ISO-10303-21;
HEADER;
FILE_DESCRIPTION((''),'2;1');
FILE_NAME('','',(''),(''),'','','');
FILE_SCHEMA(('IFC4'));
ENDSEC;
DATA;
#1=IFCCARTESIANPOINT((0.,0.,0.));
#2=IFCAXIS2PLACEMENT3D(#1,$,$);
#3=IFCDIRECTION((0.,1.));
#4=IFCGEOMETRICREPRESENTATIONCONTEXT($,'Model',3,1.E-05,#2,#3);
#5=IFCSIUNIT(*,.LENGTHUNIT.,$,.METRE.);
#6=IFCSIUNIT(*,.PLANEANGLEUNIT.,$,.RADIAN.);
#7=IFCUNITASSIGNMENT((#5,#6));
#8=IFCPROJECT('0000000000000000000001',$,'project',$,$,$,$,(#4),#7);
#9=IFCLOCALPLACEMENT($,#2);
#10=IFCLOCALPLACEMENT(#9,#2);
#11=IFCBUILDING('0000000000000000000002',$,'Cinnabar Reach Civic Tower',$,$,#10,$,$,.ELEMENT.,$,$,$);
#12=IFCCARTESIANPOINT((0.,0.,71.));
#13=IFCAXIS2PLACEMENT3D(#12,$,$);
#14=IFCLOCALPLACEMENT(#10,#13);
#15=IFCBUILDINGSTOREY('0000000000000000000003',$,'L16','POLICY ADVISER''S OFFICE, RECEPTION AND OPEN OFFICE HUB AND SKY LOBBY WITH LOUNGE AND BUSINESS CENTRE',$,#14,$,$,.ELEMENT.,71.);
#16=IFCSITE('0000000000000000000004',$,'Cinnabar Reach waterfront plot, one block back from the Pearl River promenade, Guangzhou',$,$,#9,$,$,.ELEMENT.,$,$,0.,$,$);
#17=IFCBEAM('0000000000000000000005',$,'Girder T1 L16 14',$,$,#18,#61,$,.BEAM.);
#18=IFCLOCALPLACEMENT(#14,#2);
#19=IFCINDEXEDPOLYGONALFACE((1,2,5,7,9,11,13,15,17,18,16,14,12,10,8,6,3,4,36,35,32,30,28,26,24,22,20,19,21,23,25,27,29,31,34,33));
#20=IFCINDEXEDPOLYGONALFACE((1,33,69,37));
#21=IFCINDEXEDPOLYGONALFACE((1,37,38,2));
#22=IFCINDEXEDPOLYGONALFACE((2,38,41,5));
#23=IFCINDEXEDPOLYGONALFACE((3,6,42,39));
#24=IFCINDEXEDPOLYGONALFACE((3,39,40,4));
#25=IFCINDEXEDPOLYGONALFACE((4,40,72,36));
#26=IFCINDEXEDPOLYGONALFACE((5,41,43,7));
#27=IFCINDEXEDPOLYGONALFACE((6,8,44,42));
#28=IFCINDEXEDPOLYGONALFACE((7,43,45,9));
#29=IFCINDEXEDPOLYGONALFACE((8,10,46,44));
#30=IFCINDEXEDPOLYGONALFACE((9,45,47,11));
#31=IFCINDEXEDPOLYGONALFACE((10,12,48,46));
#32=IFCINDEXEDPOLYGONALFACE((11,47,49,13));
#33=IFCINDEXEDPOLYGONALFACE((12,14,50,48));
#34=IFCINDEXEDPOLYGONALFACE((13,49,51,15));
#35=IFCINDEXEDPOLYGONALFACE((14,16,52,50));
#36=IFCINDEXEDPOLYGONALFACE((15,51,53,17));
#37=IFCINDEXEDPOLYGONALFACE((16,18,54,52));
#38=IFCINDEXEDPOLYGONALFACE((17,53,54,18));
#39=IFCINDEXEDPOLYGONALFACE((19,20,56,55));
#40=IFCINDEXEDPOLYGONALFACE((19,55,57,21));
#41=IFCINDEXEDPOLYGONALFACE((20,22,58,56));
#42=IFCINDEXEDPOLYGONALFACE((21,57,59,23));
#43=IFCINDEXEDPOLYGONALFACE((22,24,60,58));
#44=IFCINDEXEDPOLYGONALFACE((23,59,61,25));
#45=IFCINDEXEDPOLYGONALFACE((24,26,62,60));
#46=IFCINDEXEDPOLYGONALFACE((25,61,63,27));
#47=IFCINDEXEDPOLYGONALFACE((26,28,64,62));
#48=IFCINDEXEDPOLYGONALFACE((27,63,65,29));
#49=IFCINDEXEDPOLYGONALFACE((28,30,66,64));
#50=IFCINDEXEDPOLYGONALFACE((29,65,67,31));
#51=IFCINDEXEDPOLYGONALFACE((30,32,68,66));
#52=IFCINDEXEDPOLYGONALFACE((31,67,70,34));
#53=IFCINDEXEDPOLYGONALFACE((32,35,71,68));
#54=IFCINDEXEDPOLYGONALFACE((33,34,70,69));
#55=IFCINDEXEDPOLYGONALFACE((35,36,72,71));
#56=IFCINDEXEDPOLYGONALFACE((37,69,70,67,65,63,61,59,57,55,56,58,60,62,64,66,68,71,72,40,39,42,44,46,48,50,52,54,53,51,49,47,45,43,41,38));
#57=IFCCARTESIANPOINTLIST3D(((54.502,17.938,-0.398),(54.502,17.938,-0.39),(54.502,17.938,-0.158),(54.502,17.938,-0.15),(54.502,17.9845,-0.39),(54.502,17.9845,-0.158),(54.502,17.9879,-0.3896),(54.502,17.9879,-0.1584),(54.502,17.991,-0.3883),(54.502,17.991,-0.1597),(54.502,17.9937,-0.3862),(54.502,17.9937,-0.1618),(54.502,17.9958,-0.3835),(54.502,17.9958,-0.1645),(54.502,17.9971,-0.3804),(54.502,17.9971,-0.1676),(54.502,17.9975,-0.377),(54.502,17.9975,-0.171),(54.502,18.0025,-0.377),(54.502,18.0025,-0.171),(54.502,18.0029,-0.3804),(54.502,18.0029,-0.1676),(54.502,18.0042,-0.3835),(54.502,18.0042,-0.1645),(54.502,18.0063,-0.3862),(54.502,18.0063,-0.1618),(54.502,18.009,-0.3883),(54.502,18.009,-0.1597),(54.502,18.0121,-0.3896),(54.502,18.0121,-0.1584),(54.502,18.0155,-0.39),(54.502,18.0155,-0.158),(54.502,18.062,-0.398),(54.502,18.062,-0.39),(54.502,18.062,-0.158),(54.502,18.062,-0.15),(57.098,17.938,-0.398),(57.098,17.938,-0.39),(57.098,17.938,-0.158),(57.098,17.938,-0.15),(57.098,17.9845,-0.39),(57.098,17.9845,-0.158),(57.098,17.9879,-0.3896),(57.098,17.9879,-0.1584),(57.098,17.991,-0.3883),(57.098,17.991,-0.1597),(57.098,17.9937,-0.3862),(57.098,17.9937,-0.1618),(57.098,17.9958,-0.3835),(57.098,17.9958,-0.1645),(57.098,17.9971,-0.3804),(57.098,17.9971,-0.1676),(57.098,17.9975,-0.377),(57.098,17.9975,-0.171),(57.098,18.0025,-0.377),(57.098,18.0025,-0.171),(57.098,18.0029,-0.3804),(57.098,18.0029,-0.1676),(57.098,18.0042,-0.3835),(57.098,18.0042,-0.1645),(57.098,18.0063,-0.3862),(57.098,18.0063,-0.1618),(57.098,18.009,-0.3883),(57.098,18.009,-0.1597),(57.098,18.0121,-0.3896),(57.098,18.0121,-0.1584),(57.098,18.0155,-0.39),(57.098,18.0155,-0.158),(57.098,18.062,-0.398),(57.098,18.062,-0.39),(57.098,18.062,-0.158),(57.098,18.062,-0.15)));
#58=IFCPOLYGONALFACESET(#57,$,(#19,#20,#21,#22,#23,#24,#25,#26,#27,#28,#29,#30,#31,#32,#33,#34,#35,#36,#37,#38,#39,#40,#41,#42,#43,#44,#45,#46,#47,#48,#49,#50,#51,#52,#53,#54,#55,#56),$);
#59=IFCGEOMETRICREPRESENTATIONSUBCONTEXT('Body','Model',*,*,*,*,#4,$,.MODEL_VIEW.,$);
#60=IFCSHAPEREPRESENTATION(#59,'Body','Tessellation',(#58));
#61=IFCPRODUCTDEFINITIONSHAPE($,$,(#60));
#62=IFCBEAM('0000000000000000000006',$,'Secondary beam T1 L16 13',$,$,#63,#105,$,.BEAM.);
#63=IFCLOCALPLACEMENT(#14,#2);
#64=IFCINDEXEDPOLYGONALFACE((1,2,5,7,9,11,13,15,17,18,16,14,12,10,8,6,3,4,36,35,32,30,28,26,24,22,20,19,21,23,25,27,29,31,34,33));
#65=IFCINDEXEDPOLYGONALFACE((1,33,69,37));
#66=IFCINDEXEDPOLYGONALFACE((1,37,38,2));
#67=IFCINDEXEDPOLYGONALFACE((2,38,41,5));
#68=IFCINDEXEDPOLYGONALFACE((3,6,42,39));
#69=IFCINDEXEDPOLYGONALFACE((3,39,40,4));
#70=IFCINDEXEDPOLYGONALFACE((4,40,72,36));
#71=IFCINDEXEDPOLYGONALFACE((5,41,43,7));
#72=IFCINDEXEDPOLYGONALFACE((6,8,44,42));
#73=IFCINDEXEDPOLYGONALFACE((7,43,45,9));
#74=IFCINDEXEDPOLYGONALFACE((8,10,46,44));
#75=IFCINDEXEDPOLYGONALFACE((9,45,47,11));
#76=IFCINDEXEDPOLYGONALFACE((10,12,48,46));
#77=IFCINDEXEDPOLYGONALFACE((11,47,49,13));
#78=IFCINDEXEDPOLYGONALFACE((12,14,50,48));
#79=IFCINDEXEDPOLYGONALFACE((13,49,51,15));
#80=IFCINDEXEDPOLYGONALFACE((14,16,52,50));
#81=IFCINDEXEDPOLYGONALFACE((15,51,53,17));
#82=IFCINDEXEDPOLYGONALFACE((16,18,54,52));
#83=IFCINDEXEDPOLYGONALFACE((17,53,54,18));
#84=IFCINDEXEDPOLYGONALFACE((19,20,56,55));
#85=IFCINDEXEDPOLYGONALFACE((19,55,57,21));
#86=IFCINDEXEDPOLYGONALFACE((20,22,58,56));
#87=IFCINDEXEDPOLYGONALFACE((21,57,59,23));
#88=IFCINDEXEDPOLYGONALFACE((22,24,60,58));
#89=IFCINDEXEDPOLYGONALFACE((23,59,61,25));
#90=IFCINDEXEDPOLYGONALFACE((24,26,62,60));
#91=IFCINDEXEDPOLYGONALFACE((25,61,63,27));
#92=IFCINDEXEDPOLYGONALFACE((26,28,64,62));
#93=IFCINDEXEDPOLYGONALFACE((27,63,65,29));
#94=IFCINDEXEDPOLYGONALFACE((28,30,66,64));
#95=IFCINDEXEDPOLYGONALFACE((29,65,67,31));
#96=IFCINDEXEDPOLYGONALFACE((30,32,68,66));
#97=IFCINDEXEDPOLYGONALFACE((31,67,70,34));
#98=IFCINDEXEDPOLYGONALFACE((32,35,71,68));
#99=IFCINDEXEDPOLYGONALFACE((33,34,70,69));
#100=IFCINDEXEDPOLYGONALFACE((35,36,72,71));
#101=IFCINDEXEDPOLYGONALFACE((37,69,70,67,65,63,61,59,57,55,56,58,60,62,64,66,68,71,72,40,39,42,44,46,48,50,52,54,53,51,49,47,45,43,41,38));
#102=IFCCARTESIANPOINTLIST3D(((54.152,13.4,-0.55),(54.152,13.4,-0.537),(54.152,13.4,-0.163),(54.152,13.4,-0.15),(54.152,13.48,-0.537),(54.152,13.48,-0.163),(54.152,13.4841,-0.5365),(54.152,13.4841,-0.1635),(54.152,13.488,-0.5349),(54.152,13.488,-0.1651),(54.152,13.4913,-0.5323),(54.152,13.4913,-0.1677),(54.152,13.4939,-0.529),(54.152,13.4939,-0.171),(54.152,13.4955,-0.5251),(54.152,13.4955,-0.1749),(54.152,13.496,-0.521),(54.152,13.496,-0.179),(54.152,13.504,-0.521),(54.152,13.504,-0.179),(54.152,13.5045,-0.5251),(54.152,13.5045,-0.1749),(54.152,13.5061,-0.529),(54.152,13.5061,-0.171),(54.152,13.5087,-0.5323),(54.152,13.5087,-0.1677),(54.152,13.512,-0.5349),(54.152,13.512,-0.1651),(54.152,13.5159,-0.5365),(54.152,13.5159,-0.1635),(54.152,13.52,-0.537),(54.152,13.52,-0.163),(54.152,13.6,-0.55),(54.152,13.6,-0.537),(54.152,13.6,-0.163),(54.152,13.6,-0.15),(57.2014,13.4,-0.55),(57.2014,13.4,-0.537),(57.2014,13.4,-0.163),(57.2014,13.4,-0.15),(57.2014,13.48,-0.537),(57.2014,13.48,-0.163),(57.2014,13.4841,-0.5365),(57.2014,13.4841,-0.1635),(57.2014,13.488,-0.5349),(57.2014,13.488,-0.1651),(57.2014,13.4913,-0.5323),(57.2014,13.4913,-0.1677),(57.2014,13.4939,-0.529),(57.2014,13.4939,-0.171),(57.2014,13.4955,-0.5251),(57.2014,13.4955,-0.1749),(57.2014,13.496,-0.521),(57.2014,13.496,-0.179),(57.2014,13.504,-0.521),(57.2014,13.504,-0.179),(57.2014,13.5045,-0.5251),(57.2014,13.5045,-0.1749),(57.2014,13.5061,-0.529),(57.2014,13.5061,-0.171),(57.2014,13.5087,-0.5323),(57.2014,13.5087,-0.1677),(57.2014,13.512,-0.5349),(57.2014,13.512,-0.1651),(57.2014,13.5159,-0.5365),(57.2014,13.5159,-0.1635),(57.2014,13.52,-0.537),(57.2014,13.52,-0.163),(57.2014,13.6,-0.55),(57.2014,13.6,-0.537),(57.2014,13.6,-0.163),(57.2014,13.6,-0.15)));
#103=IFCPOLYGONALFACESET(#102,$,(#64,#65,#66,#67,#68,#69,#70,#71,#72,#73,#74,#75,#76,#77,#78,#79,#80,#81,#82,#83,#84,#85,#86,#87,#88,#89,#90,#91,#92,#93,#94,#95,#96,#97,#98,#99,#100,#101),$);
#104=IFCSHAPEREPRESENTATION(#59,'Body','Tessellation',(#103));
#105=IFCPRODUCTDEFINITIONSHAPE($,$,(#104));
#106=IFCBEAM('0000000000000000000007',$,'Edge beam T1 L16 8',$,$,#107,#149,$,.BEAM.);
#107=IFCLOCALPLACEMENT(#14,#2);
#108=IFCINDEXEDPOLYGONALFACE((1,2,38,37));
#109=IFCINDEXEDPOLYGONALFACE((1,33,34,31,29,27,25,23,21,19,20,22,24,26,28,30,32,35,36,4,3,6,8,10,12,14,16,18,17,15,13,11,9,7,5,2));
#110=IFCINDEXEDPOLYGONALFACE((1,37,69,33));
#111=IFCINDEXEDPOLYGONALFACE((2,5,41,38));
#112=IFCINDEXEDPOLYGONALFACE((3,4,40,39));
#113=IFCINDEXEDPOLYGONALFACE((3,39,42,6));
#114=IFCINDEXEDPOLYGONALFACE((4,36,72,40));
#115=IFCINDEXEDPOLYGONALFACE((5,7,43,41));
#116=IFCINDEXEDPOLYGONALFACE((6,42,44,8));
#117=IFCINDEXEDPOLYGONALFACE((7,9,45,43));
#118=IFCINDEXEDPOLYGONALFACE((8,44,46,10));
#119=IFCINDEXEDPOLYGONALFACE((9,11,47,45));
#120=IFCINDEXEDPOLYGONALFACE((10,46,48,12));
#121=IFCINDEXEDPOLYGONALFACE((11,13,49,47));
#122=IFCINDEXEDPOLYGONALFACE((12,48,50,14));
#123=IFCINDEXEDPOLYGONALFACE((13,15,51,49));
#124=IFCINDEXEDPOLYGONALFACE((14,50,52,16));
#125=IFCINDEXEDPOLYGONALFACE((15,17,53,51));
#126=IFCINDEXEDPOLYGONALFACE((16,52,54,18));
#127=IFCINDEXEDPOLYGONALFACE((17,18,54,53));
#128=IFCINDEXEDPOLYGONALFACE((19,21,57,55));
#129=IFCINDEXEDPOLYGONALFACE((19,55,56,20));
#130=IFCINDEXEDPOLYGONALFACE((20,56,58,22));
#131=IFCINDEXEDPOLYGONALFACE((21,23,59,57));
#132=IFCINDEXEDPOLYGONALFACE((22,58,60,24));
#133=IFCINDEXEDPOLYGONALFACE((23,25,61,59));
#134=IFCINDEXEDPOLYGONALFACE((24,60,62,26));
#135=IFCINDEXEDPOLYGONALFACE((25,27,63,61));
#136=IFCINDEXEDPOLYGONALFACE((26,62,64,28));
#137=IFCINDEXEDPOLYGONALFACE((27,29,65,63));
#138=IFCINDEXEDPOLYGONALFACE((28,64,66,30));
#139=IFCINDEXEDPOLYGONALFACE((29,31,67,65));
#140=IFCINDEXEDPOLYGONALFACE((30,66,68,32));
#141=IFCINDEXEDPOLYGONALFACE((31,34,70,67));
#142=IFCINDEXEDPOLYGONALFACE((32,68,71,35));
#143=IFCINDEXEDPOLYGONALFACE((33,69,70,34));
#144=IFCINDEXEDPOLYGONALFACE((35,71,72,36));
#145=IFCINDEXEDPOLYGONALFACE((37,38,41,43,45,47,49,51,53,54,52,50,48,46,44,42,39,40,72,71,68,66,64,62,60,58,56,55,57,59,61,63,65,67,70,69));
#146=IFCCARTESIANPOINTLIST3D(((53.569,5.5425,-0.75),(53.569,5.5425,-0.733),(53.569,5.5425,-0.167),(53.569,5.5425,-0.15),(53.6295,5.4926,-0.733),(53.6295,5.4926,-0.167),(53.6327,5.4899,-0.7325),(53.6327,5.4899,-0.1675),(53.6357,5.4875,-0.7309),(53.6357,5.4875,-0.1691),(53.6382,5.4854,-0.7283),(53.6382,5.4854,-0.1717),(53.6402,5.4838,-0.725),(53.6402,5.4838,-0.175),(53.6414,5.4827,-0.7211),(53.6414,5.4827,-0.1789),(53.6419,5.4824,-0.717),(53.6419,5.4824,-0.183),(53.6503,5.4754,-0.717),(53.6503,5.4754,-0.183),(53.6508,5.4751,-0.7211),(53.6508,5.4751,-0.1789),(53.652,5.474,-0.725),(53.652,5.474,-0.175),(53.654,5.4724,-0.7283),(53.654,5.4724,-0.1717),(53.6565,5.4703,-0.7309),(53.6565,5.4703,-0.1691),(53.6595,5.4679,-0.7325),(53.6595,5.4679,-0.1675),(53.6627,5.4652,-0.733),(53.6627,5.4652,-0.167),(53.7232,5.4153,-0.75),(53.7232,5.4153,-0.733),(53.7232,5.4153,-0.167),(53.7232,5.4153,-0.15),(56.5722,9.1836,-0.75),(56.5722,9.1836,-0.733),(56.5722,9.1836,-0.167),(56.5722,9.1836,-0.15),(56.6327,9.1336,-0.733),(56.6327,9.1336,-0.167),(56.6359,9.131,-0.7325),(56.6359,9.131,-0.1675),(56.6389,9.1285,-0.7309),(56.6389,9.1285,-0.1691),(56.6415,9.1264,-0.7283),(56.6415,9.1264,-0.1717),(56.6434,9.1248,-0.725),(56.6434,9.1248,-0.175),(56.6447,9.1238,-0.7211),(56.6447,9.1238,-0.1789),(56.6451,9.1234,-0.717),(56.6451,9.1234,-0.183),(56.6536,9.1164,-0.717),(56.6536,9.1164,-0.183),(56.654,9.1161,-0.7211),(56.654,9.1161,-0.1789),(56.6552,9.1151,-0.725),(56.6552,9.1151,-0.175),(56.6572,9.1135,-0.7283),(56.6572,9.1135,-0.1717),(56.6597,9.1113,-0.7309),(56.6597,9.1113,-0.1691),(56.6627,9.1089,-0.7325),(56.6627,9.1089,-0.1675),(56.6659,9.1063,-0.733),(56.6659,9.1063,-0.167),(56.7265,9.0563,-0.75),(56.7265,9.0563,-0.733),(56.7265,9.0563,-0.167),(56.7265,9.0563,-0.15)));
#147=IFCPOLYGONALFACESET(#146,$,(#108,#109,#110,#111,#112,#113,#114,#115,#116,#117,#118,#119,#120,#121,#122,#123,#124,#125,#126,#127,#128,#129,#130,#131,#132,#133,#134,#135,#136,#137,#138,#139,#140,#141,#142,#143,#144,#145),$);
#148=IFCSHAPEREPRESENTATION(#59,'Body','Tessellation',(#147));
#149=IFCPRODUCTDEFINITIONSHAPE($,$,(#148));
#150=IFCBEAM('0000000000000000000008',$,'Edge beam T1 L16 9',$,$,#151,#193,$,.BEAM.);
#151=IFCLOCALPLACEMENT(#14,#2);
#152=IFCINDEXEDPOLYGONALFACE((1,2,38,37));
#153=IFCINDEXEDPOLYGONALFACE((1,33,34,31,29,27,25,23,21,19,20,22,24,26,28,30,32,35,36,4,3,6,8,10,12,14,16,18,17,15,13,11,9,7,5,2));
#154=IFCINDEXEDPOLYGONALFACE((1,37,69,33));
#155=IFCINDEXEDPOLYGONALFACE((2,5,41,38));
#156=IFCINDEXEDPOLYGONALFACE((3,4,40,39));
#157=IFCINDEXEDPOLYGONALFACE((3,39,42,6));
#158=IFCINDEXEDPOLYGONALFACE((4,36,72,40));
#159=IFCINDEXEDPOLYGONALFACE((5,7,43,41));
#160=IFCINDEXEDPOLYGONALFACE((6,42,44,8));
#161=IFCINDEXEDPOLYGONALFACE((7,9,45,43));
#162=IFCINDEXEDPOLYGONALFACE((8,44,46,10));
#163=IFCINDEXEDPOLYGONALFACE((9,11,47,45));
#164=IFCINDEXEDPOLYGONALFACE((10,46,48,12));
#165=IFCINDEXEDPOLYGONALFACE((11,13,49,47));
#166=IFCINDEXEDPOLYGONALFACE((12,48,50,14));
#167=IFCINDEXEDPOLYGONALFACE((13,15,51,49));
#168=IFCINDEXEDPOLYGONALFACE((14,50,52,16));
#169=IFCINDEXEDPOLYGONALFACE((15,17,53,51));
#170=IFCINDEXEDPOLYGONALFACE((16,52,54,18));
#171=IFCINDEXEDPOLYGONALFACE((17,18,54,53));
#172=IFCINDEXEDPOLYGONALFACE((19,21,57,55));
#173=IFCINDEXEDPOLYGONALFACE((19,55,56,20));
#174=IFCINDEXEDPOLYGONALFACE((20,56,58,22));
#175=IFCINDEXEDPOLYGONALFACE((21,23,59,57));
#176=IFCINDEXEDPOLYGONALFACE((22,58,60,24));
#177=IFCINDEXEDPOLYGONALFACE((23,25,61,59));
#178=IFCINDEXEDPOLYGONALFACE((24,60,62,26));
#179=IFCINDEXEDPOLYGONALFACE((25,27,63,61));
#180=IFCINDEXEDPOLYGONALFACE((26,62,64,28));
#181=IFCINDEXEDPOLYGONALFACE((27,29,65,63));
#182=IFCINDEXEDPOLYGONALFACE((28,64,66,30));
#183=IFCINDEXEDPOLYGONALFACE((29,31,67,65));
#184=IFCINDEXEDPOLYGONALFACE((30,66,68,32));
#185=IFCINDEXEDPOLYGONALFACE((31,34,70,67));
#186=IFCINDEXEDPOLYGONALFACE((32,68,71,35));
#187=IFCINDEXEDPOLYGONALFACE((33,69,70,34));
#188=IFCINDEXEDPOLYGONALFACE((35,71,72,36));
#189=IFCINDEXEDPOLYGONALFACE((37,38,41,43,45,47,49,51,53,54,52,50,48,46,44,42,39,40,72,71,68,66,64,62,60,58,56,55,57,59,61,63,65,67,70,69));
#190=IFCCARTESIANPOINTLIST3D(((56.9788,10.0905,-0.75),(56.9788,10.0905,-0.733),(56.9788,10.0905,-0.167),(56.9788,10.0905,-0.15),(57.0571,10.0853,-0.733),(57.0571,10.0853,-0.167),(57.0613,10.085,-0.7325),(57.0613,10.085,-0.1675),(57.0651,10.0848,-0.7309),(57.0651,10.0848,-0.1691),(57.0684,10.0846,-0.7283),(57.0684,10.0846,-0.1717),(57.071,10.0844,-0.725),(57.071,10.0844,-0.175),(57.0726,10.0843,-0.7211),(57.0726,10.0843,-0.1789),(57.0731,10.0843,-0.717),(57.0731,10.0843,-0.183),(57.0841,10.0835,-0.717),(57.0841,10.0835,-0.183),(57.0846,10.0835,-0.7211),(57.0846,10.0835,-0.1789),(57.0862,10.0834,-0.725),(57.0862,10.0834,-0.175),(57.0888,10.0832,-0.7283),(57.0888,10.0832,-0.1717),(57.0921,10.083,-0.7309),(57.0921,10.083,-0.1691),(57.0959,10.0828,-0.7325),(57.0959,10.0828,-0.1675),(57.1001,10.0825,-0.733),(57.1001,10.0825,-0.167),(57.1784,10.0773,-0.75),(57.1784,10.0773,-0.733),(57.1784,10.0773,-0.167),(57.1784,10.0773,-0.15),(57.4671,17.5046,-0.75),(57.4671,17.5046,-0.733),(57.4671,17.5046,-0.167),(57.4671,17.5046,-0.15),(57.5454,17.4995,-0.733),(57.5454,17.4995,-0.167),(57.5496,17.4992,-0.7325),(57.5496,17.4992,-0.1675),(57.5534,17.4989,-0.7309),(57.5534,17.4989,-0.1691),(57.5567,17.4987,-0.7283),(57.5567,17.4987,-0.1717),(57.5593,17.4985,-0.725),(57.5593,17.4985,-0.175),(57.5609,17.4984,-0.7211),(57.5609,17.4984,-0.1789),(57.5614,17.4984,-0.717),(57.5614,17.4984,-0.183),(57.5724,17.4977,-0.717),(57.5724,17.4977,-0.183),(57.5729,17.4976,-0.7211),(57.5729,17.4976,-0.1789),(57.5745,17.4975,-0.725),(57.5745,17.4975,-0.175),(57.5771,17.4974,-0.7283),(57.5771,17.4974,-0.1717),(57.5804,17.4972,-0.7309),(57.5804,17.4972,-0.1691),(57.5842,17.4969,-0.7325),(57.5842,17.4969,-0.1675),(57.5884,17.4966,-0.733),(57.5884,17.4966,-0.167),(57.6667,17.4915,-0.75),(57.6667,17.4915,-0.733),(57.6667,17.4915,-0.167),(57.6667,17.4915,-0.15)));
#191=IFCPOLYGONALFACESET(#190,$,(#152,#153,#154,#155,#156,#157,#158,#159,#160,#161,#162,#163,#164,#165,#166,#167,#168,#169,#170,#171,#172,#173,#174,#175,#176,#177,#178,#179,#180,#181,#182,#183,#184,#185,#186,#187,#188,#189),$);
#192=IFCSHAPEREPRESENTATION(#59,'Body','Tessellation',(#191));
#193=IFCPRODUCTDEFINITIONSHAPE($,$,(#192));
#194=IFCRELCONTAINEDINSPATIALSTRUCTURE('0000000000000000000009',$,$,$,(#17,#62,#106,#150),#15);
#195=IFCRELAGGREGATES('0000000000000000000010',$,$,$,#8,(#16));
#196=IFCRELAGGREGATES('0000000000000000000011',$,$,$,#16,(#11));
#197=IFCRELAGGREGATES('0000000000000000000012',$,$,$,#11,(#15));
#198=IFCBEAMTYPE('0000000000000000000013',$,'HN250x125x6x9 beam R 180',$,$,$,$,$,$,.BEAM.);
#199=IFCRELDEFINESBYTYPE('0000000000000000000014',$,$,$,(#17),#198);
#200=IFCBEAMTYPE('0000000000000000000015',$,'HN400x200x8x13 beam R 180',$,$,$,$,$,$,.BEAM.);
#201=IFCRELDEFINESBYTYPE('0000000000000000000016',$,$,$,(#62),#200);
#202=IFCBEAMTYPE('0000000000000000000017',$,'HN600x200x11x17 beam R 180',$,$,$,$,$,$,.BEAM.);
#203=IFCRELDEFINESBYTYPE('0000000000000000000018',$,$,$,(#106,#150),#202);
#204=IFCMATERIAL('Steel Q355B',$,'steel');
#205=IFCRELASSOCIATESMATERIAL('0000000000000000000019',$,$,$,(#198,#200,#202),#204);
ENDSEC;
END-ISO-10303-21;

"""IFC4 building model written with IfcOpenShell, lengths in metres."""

from ifc_helpers import new_model, si_unit, direction, frame, origin, origin_2d, place, context, subcontext, project, spatial, i_section, extrude, material, material_profile, profile_set, type_object, element, save


model = new_model("IFC4")

# Units and contexts
model_context = context("Model", 3, precision=1e-05, world=origin(), true_north=direction((0.0, 1.0)))
body_context = subcontext(model_context, "Body", "Model", "MODEL_VIEW")
ifc_project = project(units=[si_unit("LENGTHUNIT", "METRE"), si_unit("PLANEANGLEUNIT", "RADIAN")], contexts=[model_context])

# Site, building, storey
site_placement = place(None, origin())
site = spatial("IfcSite", under=ifc_project, at=site_placement, Name="Cinnabar Reach waterfront plot, one block back from the Pearl River promenade, Guangzhou", CompositionType="ELEMENT", RefElevation=0.0)
building_placement = place(site_placement, origin())
building = spatial("IfcBuilding", under=site, at=building_placement, Name="Cinnabar Reach Civic Tower", CompositionType="ELEMENT")
storey_placement = place(building_placement, frame((0.0, 0.0, 71.0)))
storey = spatial("IfcBuildingStorey", under=building, at=storey_placement, Name="L16", Description="POLICY ADVISER'S OFFICE, RECEPTION AND OPEN OFFICE HUB AND SKY LOBBY WITH LOUNGE AND BUSINESS CENTRE", CompositionType="ELEMENT", Elevation=71.0)

# Beams
ifc_material_1 = material(Name="Steel Q355B", Category="steel")
ifc_material_profile_1 = material_profile(ifc_material_1, i_section(OverallWidth=0.124, OverallDepth=0.248, WebThickness=0.005, FlangeThickness=0.008, FilletRadius=0.013, at=origin_2d()), Name="HN250x125x6x9")
ifc_profile_set_1 = profile_set([ifc_material_profile_1], Name="Steel Q355B")
beam_type_1 = type_object("IfcBeamType", Name="HN250x125x6x9 beam R 180", PredefinedType="BEAM", material=ifc_profile_set_1)
beam_1_placement = place(storey_placement, frame((54.502, 18.0, -0.274), z_axis=(1.0, 0.0, 0.0), x_axis=(0.0, 1.0, 0.0)))
element("IfcBeam", 1, at=beam_1_placement, inside=storey, type_object=beam_type_1, Name="Girder T1 L16 14", PredefinedType="BEAM", context=body_context, shape_type="SweptSolid", body=[
    extrude(i_section(OverallWidth=0.124, OverallDepth=0.248, WebThickness=0.005, FlangeThickness=0.008, FilletRadius=0.013, at=origin_2d()), origin(), (0.0, 0.0, 1.0), 2.596),
])
ifc_material_profile_2 = material_profile(ifc_material_1, i_section(OverallWidth=0.2, OverallDepth=0.4, WebThickness=0.008, FlangeThickness=0.013, FilletRadius=0.016, at=origin_2d()), Name="HN400x200x8x13")
ifc_profile_set_2 = profile_set([ifc_material_profile_2], Name="Steel Q355B")
beam_type_2 = type_object("IfcBeamType", Name="HN400x200x8x13 beam R 180", PredefinedType="BEAM", material=ifc_profile_set_2)
beam_2_placement = place(storey_placement, frame((54.152, 13.5, -0.35), z_axis=(1.0, 0.0, 0.0), x_axis=(0.0, 1.0, 0.0)))
element("IfcBeam", 2, at=beam_2_placement, inside=storey, type_object=beam_type_2, Name="Secondary beam T1 L16 13", PredefinedType="BEAM", context=body_context, shape_type="SweptSolid", body=[
    extrude(i_section(OverallWidth=0.2, OverallDepth=0.4, WebThickness=0.008, FlangeThickness=0.013, FilletRadius=0.016, at=origin_2d()), origin(), (0.0, 0.0, 1.0), 3.0494),
])
ifc_material_profile_3 = material_profile(ifc_material_1, i_section(OverallWidth=0.2, OverallDepth=0.6, WebThickness=0.011, FlangeThickness=0.017, FilletRadius=0.016, at=origin_2d()), Name="HN600x200x11x17")
ifc_profile_set_3 = profile_set([ifc_material_profile_3], Name="Steel Q355B")
beam_type_3 = type_object("IfcBeamType", Name="HN600x200x11x17 beam R 180", PredefinedType="BEAM", material=ifc_profile_set_3)
beam_3_placement = place(storey_placement, frame((53.6461, 5.4789, -0.45), z_axis=(0.636304, 0.771438, 0.0), x_axis=(-0.771438, 0.636304, 0.0)))
element("IfcBeam", 3, at=beam_3_placement, inside=storey, type_object=beam_type_3, Name="Edge beam T1 L16 8", PredefinedType="BEAM", context=body_context, shape_type="SweptSolid", body=[
    extrude(i_section(OverallWidth=0.2, OverallDepth=0.6, WebThickness=0.011, FlangeThickness=0.017, FilletRadius=0.016, at=origin_2d()), origin(), (0.0, 0.0, 1.0), 4.7198),
])
beam_4_placement = place(storey_placement, frame((57.0786, 10.0839, -0.45), z_axis=(0.065719, 0.997838, 0.0), x_axis=(-0.997838, 0.065719, 0.0)))
element("IfcBeam", 4, at=beam_4_placement, inside=storey, type_object=beam_type_3, Name="Edge beam T1 L16 9", PredefinedType="BEAM", context=body_context, shape_type="SweptSolid", body=[
    extrude(i_section(OverallWidth=0.2, OverallDepth=0.6, WebThickness=0.011, FlangeThickness=0.017, FilletRadius=0.016, at=origin_2d()), origin(), (0.0, 0.0, 1.0), 7.4302),
])

save(model, "model.ifc")
